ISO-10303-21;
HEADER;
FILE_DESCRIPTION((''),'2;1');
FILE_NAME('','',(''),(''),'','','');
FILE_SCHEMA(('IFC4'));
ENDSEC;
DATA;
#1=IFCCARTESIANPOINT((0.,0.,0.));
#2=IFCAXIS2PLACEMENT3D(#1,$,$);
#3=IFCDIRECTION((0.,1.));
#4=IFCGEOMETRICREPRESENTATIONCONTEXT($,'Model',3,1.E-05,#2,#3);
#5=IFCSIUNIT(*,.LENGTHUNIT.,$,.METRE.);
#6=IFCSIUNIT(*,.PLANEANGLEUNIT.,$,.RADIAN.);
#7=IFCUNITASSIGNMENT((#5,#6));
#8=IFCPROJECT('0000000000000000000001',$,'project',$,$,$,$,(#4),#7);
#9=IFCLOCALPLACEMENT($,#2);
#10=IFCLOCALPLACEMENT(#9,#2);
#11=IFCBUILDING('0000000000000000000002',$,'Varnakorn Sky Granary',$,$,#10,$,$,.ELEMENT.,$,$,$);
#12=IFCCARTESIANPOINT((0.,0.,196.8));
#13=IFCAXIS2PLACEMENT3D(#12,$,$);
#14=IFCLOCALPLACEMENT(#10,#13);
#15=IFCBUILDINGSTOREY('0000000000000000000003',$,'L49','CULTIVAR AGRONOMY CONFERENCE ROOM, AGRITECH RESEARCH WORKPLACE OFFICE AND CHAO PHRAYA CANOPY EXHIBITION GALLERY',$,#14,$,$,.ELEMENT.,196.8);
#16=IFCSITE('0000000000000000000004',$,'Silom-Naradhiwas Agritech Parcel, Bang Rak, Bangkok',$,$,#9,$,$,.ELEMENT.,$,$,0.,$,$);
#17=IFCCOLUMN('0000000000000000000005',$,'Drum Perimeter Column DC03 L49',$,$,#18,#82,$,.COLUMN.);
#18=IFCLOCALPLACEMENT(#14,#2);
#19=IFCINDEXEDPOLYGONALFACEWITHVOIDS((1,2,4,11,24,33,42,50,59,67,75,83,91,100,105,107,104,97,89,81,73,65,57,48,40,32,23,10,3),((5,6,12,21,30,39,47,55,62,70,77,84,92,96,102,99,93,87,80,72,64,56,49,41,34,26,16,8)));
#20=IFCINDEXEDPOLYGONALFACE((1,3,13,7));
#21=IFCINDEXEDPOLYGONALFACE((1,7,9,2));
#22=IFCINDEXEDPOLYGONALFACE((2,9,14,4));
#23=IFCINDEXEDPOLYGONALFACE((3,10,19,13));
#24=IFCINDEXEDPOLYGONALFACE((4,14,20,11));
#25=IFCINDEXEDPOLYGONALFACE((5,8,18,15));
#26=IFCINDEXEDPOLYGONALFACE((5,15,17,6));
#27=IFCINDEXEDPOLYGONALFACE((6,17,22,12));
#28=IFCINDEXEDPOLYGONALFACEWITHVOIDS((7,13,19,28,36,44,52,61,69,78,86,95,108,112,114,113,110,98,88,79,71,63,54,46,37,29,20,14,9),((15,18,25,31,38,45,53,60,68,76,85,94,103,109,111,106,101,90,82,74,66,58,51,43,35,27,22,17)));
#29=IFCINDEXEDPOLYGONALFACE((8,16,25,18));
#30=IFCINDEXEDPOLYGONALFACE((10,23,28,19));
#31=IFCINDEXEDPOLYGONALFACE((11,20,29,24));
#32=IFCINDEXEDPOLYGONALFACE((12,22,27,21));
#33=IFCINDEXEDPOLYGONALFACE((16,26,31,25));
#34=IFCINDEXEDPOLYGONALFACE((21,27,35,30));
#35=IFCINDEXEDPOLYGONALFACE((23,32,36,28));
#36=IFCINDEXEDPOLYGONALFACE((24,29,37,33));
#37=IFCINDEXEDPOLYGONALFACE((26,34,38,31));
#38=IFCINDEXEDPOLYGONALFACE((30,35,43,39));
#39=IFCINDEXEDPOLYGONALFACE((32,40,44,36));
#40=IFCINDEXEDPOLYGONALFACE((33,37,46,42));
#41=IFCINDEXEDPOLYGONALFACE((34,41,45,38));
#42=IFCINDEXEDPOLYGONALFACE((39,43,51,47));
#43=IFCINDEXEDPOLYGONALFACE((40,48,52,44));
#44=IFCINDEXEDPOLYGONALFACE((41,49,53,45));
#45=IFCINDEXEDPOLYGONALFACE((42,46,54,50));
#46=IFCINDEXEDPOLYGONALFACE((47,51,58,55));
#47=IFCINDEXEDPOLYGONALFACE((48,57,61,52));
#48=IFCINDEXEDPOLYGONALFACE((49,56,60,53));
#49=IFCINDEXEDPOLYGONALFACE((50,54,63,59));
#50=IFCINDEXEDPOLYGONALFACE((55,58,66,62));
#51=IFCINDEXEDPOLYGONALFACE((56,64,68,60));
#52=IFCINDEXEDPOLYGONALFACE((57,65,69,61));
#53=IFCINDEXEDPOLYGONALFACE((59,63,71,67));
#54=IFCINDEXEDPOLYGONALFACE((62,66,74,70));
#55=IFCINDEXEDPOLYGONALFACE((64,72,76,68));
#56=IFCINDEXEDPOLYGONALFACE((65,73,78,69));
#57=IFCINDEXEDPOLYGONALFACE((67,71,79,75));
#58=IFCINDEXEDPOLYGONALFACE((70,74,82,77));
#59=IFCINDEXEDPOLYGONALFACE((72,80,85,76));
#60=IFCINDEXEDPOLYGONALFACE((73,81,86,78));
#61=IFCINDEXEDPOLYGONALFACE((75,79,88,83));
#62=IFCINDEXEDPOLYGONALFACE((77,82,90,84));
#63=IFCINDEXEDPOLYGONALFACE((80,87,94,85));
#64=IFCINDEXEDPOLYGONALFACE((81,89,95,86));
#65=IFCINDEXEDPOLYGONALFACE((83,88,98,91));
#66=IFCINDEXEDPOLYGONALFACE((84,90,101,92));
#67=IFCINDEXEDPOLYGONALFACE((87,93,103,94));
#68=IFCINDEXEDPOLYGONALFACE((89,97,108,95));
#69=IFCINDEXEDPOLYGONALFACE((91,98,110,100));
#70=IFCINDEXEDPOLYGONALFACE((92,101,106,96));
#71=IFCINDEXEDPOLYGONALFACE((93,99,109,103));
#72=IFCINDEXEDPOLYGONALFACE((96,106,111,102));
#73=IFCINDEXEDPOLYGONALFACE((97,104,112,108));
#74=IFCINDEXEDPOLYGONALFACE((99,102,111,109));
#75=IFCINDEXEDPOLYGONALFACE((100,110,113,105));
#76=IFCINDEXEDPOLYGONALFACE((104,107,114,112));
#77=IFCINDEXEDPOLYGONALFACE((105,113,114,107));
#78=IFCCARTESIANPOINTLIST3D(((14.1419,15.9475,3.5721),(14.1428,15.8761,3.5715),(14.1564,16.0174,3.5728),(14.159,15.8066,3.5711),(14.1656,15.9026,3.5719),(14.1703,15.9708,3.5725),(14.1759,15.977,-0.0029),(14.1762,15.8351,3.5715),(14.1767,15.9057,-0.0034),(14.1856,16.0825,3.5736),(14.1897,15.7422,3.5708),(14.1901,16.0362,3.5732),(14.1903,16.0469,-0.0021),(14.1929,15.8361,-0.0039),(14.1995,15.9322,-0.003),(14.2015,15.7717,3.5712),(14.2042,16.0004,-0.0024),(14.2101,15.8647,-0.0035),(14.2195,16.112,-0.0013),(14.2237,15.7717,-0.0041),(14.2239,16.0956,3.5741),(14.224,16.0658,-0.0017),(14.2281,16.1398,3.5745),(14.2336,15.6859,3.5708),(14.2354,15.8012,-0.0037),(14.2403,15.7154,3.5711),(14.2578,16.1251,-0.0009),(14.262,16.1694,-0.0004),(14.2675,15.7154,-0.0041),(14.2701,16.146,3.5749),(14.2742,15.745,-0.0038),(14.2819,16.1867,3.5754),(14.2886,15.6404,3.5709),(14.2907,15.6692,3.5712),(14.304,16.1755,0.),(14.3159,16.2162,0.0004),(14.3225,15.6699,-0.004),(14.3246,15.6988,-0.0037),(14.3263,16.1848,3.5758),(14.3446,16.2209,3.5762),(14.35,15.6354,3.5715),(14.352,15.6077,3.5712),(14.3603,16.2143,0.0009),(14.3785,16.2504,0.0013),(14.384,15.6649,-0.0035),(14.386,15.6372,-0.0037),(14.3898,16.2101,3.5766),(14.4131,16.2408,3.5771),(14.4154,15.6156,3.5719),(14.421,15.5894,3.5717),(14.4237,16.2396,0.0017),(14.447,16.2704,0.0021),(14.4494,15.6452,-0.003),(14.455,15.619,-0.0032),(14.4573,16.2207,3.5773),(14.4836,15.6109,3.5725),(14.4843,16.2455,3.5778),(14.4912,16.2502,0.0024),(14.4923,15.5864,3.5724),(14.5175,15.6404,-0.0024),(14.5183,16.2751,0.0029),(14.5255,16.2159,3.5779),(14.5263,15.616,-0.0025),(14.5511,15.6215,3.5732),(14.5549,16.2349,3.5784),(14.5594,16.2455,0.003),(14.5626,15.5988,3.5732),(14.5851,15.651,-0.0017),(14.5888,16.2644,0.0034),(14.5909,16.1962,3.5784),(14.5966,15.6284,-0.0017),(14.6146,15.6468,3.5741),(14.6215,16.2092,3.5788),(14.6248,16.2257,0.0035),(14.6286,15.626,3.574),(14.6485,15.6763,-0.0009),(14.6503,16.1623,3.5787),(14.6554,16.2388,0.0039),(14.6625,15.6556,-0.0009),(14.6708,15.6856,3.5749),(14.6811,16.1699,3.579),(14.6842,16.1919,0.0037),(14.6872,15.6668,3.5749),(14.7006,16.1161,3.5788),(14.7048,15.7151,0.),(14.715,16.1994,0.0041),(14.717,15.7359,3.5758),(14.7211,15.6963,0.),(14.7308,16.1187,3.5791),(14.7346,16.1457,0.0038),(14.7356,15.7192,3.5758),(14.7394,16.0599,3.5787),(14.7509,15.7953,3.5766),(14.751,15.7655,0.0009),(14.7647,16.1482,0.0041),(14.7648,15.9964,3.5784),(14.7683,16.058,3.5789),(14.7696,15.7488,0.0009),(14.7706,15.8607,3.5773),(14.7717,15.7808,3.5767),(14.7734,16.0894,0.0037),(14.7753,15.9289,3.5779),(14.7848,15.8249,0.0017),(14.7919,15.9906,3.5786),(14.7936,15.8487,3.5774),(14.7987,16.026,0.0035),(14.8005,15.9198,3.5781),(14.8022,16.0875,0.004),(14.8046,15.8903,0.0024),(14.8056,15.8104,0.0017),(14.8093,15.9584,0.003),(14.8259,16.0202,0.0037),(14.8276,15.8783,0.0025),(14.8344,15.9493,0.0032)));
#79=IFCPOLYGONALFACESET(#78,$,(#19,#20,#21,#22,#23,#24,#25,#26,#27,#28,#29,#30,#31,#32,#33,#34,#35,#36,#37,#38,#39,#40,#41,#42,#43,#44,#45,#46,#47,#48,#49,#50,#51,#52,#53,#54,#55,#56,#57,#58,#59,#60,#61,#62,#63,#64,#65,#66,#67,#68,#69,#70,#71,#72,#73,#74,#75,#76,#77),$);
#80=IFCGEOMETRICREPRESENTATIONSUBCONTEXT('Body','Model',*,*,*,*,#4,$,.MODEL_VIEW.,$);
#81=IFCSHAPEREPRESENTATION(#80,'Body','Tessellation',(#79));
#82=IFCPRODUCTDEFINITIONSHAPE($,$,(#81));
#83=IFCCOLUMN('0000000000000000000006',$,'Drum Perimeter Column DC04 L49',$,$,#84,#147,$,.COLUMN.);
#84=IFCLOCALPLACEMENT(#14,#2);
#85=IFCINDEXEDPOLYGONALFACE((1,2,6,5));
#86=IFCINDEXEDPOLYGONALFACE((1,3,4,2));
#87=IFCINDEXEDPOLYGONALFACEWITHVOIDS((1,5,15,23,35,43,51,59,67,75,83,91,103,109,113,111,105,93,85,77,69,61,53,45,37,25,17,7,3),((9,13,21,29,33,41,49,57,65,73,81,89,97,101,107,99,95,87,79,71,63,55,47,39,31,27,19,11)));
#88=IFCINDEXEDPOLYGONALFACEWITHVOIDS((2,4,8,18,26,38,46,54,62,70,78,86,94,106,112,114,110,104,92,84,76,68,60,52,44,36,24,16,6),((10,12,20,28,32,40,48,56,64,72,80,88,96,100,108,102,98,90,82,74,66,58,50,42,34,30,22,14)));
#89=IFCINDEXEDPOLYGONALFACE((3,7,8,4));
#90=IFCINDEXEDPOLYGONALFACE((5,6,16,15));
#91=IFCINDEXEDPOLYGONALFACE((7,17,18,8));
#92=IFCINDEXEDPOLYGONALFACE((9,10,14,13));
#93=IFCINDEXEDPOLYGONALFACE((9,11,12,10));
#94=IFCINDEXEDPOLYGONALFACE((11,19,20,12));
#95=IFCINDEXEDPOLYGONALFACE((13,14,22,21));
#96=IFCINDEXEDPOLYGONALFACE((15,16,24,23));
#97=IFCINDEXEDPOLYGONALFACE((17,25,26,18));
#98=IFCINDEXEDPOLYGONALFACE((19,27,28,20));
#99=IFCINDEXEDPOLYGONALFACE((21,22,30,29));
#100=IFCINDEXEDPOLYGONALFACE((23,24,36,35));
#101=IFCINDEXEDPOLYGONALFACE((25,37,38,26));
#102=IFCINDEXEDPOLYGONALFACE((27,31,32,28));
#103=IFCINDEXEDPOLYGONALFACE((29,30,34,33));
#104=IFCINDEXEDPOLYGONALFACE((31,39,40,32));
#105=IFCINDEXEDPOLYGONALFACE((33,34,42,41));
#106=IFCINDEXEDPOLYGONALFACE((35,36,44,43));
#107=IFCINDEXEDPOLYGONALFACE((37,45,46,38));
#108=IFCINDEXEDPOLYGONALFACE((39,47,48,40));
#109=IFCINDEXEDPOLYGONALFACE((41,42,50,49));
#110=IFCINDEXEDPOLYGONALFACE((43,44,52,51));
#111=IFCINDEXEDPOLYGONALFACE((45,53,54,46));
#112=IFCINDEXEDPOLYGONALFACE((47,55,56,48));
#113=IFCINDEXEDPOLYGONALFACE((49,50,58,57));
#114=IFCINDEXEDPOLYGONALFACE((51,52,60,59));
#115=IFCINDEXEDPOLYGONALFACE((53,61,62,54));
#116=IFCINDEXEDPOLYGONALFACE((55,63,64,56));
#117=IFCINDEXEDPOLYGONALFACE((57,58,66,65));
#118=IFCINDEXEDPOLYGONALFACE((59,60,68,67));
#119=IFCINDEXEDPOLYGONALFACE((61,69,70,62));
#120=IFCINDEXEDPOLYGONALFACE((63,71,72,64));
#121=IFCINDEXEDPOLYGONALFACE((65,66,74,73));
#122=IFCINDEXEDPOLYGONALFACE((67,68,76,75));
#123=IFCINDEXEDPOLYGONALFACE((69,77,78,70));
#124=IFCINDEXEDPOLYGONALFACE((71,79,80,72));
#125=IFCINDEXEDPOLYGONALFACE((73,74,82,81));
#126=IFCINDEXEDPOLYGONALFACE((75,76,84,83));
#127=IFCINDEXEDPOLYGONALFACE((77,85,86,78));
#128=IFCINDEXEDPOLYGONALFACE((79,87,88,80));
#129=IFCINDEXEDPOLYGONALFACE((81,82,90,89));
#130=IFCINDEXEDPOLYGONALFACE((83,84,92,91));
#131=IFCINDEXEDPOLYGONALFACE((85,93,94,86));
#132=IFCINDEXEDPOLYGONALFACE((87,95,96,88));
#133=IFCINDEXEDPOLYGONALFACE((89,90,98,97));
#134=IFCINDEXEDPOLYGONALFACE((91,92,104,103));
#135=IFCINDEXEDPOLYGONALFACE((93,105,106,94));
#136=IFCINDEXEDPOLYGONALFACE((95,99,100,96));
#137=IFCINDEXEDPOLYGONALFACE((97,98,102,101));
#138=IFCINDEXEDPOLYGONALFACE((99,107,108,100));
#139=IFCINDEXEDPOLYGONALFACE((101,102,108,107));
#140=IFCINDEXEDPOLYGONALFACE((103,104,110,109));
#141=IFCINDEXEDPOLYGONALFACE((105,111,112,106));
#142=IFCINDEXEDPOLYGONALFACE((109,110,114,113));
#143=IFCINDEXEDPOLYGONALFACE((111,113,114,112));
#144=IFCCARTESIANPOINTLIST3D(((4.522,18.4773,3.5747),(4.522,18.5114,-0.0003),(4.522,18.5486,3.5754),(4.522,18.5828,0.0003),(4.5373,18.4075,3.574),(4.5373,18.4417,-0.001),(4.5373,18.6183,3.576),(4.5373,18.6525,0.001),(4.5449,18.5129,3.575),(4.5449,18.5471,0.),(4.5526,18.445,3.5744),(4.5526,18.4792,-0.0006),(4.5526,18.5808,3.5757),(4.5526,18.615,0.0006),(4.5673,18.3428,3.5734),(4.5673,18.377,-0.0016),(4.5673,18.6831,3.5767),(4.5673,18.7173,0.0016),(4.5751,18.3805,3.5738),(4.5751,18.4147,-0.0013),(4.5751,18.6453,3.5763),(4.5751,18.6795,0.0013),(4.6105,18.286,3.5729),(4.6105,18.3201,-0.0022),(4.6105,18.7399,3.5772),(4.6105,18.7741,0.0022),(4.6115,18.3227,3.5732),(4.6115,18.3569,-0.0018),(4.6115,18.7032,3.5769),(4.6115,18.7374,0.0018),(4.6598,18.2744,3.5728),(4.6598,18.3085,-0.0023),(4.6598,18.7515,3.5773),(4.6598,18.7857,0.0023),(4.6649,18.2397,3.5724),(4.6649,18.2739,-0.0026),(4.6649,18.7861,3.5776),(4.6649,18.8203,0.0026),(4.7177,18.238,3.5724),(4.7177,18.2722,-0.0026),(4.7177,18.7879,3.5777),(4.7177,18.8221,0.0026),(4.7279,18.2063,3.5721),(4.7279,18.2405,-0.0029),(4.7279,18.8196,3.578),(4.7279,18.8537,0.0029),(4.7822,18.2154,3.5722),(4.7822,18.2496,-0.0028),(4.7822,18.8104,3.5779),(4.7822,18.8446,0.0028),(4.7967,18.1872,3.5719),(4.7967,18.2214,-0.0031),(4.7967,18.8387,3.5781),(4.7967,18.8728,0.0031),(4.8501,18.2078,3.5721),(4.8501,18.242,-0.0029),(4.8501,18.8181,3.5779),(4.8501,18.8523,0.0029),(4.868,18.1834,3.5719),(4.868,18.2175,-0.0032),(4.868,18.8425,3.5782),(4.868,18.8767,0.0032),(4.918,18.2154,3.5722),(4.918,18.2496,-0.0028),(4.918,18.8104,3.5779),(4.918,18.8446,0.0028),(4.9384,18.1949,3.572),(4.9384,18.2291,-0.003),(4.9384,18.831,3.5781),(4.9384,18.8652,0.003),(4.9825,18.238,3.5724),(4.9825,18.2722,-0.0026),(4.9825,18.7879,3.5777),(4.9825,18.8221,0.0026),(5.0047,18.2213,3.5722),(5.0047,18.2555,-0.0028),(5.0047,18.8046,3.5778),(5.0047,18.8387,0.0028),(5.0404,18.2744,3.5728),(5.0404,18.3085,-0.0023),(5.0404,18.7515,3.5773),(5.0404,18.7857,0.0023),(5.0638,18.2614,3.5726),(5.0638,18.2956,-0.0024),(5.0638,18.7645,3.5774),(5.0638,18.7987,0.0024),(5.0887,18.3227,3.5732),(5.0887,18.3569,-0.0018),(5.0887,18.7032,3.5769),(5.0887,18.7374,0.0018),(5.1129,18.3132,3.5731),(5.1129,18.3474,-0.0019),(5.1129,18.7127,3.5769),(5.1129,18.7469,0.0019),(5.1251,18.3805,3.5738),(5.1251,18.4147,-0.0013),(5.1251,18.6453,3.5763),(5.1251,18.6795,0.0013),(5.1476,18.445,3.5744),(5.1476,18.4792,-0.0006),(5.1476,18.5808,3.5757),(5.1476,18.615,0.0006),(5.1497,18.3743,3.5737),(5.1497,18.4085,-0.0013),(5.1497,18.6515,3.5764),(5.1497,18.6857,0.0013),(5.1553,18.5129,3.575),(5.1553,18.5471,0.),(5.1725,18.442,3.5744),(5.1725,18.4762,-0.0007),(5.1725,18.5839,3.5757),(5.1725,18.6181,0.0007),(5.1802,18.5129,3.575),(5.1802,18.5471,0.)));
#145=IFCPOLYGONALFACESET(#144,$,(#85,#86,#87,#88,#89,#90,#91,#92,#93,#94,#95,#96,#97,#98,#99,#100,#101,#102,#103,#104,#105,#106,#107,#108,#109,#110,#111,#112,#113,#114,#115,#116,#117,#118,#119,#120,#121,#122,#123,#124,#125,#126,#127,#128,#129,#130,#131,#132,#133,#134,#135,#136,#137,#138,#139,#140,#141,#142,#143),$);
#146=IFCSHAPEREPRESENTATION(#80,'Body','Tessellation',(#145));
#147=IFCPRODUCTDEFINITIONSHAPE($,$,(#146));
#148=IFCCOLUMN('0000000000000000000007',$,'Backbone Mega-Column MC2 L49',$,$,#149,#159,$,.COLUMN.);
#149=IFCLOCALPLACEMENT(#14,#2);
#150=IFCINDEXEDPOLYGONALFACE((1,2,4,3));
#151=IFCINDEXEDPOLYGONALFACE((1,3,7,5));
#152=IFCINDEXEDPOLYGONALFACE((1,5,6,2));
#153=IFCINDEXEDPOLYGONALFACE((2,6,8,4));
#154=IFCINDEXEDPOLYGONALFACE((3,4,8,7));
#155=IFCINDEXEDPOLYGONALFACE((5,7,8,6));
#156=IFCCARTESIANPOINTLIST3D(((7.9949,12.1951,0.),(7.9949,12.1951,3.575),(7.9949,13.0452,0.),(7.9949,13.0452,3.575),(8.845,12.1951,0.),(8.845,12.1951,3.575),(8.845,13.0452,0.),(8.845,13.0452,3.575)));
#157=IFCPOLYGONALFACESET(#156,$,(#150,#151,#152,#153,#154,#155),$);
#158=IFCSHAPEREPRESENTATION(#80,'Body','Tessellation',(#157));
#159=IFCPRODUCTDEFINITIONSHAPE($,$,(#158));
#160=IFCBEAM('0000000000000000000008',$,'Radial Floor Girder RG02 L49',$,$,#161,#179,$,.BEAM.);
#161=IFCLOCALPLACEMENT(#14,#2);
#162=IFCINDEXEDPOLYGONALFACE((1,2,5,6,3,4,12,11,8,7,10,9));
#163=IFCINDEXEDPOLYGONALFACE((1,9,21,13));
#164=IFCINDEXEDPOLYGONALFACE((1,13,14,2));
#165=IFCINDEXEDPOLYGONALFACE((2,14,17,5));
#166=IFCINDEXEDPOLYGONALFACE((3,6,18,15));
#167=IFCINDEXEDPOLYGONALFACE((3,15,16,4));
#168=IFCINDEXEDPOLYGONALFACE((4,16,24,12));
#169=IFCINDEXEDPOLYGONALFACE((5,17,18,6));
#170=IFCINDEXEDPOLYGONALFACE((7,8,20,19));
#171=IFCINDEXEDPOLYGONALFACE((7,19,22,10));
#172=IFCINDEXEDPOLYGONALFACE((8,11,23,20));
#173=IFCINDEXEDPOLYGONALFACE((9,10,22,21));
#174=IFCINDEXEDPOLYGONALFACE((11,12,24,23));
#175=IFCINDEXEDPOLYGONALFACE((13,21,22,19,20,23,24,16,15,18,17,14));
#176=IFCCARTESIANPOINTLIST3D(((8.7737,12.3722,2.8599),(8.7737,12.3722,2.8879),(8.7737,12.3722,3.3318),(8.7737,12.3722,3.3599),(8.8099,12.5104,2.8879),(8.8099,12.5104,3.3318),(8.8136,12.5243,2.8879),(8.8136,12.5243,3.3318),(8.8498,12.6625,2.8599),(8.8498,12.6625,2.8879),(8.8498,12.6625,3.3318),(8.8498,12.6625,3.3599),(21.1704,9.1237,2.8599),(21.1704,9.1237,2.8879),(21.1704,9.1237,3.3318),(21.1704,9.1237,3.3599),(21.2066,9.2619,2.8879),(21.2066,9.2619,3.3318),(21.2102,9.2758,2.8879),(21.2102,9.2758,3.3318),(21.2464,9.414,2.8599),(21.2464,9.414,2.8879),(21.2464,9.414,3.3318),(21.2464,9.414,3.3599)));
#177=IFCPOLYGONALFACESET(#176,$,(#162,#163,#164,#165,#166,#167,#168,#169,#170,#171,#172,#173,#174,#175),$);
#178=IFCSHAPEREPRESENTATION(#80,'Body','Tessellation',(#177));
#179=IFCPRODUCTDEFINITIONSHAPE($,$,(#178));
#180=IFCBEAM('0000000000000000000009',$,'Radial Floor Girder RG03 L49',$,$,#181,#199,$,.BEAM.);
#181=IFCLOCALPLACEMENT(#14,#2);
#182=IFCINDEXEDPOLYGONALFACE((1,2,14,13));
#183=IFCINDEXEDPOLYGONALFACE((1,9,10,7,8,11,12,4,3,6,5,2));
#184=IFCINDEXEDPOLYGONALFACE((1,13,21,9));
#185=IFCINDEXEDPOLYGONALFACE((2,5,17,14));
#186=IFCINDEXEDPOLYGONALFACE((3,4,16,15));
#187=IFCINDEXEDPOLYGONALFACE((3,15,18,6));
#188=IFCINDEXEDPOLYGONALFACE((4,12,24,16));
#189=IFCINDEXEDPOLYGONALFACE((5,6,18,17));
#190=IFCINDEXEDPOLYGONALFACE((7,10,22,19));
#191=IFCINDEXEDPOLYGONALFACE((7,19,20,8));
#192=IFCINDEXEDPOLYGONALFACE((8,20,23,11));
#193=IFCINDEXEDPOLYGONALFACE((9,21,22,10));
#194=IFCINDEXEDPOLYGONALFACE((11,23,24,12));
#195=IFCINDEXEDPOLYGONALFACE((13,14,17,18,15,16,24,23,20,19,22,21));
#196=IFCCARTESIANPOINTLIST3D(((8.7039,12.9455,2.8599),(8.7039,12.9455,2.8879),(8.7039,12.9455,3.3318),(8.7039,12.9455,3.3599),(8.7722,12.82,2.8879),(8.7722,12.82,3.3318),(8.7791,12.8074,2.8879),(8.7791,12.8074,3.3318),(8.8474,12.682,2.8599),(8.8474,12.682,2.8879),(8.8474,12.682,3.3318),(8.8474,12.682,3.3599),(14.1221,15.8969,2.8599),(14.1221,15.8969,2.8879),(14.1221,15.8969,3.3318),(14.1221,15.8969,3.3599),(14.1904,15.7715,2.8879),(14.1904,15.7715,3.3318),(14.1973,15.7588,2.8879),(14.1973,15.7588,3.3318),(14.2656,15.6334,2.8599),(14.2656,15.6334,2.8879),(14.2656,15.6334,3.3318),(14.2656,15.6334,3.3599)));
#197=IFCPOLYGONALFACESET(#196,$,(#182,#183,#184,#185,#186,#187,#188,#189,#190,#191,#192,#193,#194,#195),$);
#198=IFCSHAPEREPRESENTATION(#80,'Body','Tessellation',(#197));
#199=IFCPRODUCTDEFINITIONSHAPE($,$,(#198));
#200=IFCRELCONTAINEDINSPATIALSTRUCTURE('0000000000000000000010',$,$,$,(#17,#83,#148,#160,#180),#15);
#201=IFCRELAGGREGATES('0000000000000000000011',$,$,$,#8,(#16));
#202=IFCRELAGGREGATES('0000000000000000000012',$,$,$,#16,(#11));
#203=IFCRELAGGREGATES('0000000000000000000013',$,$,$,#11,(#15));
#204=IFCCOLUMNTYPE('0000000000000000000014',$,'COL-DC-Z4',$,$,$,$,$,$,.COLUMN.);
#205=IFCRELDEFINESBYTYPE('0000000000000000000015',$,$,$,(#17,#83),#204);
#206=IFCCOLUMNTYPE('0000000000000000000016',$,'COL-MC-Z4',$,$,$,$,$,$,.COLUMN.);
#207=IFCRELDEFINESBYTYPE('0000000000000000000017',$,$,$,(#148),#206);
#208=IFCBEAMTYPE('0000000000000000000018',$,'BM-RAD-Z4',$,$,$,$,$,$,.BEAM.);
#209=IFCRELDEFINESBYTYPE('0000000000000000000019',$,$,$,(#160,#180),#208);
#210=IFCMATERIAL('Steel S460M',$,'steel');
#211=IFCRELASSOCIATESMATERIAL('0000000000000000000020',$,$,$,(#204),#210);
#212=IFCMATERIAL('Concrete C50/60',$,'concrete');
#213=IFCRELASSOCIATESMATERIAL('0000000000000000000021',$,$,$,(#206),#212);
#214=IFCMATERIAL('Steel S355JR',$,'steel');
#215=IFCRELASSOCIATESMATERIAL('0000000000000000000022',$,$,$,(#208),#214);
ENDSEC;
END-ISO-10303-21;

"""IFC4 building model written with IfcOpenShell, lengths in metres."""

from ifc_helpers import new_model, si_unit, direction, frame, origin, origin_2d, place, context, subcontext, project, spatial, rectangle, hollow_circle, i_section, extrude, material, material_profile, profile_set, type_object, element, save


model = new_model("IFC4")

# Units and contexts
model_context = context("Model", 3, precision=1e-05, world=origin(), true_north=direction((0.0, 1.0)))
body_context = subcontext(model_context, "Body", "Model", "MODEL_VIEW")
ifc_project = project(units=[si_unit("LENGTHUNIT", "METRE"), si_unit("PLANEANGLEUNIT", "RADIAN")], contexts=[model_context])

# Site, building, storey
site_placement = place(None, origin())
site = spatial("IfcSite", under=ifc_project, at=site_placement, Name="Silom-Naradhiwas Agritech Parcel, Bang Rak, Bangkok", CompositionType="ELEMENT", RefElevation=0.0)
building_placement = place(site_placement, origin())
building = spatial("IfcBuilding", under=site, at=building_placement, Name="Varnakorn Sky Granary", CompositionType="ELEMENT")
storey_placement = place(building_placement, frame((0.0, 0.0, 196.8)))
storey = spatial("IfcBuildingStorey", under=building, at=storey_placement, Name="L49", Description="CULTIVAR AGRONOMY CONFERENCE ROOM, AGRITECH RESEARCH WORKPLACE OFFICE AND CHAO PHRAYA CANOPY EXHIBITION GALLERY", CompositionType="ELEMENT", Elevation=196.8)

# Columns
ifc_material_1 = material(Name="Steel S460M", Category="steel")
ifc_material_profile_1 = material_profile(ifc_material_1, hollow_circle(Radius=0.3301, WallThickness=0.0249, at=origin_2d()), Name="CHS 660x25")
ifc_profile_set_1 = profile_set([ifc_material_profile_1], Name="Steel S460M")
column_type_1 = type_object("IfcColumnType", Name="COL-DC-Z4", PredefinedType="COLUMN", material=ifc_profile_set_1)
for number, where, z_axis, x_axis, name in (
    (1, (14.5044, 15.9453, 0.0), (-0.009492, -0.008263, 0.999921), (0.656582, -0.754255, 0.0), "Drum Perimeter Column DC03 L49"),
    (2, (4.8501, 18.5471, 0.0), (0.0, -0.00956, 0.999954), (1.0, 0.0, 0.0), "Drum Perimeter Column DC04 L49"),
):
    element("IfcColumn", number, at=place(storey_placement, frame(where, z_axis=z_axis, x_axis=x_axis)), inside=storey, type_object=column_type_1, Name=name, PredefinedType="COLUMN", context=body_context, shape_type="SweptSolid", body=[
        extrude(hollow_circle(Radius=0.3301, WallThickness=0.0249, at=origin_2d()), origin(), (0.0, 0.0, 1.0), 3.5752),
    ])
ifc_material_2 = material(Name="Concrete C50/60", Category="concrete")
ifc_material_profile_2 = material_profile(ifc_material_2, rectangle(XDim=0.8501, YDim=0.8501, at=origin_2d()), Name="RC 850x850")
ifc_profile_set_2 = profile_set([ifc_material_profile_2], Name="Concrete C50/60")
column_type_2 = type_object("IfcColumnType", Name="COL-MC-Z4", PredefinedType="COLUMN", material=ifc_profile_set_2)
column_placement = place(storey_placement, frame((8.4199, 12.6201, 0.0), z_axis=(0.0, 0.0, 1.0), x_axis=(1.0, 0.0, 0.0)))
element("IfcColumn", 3, at=column_placement, inside=storey, type_object=column_type_2, Name="Backbone Mega-Column MC2 L49", PredefinedType="COLUMN", context=body_context, shape_type="SweptSolid", body=[
    extrude(rectangle(XDim=0.8501, YDim=0.8501, at=origin_2d()), origin(), (0.0, 0.0, 1.0), 3.575),
])

# Beams
ifc_material_3 = material(Name="Steel S355JR", Category="steel")
ifc_material_profile_3 = material_profile(ifc_material_3, i_section(OverallWidth=0.3, OverallDepth=0.5, WebThickness=0.0144, FlangeThickness=0.0281, at=origin_2d()), Name="HE 500 B")
ifc_profile_set_3 = profile_set([ifc_material_profile_3], Name="Steel S355JR")
beam_type_1 = type_object("IfcBeamType", Name="BM-RAD-Z4", PredefinedType="BEAM", material=ifc_profile_set_3)
beam_1_placement = place(storey_placement, frame((8.8118, 12.5173, 3.1099), z_axis=(0.967338, -0.253489, 0.0), x_axis=(0.253489, 0.967338, 0.0)))
element("IfcBeam", 4, at=beam_1_placement, inside=storey, type_object=beam_type_1, Name="Radial Floor Girder RG02 L49", PredefinedType="BEAM", context=body_context, shape_type="SweptSolid", body=[
    extrude(i_section(OverallWidth=0.3, OverallDepth=0.5, WebThickness=0.0144, FlangeThickness=0.0281, at=origin_2d()), origin(), (0.0, 0.0, 1.0), 12.8152),
])
beam_2_placement = place(storey_placement, frame((8.7756, 12.8137, 3.1099), z_axis=(0.878166, 0.478356, 0.0), x_axis=(-0.478356, 0.878166, 0.0)))
element("IfcBeam", 5, at=beam_2_placement, inside=storey, type_object=beam_type_1, Name="Radial Floor Girder RG03 L49", PredefinedType="BEAM", context=body_context, shape_type="SweptSolid", body=[
    extrude(i_section(OverallWidth=0.3, OverallDepth=0.5, WebThickness=0.0144, FlangeThickness=0.0281, at=origin_2d()), origin(), (0.0, 0.0, 1.0), 6.1699),
])

save(model, "model.ifc")
